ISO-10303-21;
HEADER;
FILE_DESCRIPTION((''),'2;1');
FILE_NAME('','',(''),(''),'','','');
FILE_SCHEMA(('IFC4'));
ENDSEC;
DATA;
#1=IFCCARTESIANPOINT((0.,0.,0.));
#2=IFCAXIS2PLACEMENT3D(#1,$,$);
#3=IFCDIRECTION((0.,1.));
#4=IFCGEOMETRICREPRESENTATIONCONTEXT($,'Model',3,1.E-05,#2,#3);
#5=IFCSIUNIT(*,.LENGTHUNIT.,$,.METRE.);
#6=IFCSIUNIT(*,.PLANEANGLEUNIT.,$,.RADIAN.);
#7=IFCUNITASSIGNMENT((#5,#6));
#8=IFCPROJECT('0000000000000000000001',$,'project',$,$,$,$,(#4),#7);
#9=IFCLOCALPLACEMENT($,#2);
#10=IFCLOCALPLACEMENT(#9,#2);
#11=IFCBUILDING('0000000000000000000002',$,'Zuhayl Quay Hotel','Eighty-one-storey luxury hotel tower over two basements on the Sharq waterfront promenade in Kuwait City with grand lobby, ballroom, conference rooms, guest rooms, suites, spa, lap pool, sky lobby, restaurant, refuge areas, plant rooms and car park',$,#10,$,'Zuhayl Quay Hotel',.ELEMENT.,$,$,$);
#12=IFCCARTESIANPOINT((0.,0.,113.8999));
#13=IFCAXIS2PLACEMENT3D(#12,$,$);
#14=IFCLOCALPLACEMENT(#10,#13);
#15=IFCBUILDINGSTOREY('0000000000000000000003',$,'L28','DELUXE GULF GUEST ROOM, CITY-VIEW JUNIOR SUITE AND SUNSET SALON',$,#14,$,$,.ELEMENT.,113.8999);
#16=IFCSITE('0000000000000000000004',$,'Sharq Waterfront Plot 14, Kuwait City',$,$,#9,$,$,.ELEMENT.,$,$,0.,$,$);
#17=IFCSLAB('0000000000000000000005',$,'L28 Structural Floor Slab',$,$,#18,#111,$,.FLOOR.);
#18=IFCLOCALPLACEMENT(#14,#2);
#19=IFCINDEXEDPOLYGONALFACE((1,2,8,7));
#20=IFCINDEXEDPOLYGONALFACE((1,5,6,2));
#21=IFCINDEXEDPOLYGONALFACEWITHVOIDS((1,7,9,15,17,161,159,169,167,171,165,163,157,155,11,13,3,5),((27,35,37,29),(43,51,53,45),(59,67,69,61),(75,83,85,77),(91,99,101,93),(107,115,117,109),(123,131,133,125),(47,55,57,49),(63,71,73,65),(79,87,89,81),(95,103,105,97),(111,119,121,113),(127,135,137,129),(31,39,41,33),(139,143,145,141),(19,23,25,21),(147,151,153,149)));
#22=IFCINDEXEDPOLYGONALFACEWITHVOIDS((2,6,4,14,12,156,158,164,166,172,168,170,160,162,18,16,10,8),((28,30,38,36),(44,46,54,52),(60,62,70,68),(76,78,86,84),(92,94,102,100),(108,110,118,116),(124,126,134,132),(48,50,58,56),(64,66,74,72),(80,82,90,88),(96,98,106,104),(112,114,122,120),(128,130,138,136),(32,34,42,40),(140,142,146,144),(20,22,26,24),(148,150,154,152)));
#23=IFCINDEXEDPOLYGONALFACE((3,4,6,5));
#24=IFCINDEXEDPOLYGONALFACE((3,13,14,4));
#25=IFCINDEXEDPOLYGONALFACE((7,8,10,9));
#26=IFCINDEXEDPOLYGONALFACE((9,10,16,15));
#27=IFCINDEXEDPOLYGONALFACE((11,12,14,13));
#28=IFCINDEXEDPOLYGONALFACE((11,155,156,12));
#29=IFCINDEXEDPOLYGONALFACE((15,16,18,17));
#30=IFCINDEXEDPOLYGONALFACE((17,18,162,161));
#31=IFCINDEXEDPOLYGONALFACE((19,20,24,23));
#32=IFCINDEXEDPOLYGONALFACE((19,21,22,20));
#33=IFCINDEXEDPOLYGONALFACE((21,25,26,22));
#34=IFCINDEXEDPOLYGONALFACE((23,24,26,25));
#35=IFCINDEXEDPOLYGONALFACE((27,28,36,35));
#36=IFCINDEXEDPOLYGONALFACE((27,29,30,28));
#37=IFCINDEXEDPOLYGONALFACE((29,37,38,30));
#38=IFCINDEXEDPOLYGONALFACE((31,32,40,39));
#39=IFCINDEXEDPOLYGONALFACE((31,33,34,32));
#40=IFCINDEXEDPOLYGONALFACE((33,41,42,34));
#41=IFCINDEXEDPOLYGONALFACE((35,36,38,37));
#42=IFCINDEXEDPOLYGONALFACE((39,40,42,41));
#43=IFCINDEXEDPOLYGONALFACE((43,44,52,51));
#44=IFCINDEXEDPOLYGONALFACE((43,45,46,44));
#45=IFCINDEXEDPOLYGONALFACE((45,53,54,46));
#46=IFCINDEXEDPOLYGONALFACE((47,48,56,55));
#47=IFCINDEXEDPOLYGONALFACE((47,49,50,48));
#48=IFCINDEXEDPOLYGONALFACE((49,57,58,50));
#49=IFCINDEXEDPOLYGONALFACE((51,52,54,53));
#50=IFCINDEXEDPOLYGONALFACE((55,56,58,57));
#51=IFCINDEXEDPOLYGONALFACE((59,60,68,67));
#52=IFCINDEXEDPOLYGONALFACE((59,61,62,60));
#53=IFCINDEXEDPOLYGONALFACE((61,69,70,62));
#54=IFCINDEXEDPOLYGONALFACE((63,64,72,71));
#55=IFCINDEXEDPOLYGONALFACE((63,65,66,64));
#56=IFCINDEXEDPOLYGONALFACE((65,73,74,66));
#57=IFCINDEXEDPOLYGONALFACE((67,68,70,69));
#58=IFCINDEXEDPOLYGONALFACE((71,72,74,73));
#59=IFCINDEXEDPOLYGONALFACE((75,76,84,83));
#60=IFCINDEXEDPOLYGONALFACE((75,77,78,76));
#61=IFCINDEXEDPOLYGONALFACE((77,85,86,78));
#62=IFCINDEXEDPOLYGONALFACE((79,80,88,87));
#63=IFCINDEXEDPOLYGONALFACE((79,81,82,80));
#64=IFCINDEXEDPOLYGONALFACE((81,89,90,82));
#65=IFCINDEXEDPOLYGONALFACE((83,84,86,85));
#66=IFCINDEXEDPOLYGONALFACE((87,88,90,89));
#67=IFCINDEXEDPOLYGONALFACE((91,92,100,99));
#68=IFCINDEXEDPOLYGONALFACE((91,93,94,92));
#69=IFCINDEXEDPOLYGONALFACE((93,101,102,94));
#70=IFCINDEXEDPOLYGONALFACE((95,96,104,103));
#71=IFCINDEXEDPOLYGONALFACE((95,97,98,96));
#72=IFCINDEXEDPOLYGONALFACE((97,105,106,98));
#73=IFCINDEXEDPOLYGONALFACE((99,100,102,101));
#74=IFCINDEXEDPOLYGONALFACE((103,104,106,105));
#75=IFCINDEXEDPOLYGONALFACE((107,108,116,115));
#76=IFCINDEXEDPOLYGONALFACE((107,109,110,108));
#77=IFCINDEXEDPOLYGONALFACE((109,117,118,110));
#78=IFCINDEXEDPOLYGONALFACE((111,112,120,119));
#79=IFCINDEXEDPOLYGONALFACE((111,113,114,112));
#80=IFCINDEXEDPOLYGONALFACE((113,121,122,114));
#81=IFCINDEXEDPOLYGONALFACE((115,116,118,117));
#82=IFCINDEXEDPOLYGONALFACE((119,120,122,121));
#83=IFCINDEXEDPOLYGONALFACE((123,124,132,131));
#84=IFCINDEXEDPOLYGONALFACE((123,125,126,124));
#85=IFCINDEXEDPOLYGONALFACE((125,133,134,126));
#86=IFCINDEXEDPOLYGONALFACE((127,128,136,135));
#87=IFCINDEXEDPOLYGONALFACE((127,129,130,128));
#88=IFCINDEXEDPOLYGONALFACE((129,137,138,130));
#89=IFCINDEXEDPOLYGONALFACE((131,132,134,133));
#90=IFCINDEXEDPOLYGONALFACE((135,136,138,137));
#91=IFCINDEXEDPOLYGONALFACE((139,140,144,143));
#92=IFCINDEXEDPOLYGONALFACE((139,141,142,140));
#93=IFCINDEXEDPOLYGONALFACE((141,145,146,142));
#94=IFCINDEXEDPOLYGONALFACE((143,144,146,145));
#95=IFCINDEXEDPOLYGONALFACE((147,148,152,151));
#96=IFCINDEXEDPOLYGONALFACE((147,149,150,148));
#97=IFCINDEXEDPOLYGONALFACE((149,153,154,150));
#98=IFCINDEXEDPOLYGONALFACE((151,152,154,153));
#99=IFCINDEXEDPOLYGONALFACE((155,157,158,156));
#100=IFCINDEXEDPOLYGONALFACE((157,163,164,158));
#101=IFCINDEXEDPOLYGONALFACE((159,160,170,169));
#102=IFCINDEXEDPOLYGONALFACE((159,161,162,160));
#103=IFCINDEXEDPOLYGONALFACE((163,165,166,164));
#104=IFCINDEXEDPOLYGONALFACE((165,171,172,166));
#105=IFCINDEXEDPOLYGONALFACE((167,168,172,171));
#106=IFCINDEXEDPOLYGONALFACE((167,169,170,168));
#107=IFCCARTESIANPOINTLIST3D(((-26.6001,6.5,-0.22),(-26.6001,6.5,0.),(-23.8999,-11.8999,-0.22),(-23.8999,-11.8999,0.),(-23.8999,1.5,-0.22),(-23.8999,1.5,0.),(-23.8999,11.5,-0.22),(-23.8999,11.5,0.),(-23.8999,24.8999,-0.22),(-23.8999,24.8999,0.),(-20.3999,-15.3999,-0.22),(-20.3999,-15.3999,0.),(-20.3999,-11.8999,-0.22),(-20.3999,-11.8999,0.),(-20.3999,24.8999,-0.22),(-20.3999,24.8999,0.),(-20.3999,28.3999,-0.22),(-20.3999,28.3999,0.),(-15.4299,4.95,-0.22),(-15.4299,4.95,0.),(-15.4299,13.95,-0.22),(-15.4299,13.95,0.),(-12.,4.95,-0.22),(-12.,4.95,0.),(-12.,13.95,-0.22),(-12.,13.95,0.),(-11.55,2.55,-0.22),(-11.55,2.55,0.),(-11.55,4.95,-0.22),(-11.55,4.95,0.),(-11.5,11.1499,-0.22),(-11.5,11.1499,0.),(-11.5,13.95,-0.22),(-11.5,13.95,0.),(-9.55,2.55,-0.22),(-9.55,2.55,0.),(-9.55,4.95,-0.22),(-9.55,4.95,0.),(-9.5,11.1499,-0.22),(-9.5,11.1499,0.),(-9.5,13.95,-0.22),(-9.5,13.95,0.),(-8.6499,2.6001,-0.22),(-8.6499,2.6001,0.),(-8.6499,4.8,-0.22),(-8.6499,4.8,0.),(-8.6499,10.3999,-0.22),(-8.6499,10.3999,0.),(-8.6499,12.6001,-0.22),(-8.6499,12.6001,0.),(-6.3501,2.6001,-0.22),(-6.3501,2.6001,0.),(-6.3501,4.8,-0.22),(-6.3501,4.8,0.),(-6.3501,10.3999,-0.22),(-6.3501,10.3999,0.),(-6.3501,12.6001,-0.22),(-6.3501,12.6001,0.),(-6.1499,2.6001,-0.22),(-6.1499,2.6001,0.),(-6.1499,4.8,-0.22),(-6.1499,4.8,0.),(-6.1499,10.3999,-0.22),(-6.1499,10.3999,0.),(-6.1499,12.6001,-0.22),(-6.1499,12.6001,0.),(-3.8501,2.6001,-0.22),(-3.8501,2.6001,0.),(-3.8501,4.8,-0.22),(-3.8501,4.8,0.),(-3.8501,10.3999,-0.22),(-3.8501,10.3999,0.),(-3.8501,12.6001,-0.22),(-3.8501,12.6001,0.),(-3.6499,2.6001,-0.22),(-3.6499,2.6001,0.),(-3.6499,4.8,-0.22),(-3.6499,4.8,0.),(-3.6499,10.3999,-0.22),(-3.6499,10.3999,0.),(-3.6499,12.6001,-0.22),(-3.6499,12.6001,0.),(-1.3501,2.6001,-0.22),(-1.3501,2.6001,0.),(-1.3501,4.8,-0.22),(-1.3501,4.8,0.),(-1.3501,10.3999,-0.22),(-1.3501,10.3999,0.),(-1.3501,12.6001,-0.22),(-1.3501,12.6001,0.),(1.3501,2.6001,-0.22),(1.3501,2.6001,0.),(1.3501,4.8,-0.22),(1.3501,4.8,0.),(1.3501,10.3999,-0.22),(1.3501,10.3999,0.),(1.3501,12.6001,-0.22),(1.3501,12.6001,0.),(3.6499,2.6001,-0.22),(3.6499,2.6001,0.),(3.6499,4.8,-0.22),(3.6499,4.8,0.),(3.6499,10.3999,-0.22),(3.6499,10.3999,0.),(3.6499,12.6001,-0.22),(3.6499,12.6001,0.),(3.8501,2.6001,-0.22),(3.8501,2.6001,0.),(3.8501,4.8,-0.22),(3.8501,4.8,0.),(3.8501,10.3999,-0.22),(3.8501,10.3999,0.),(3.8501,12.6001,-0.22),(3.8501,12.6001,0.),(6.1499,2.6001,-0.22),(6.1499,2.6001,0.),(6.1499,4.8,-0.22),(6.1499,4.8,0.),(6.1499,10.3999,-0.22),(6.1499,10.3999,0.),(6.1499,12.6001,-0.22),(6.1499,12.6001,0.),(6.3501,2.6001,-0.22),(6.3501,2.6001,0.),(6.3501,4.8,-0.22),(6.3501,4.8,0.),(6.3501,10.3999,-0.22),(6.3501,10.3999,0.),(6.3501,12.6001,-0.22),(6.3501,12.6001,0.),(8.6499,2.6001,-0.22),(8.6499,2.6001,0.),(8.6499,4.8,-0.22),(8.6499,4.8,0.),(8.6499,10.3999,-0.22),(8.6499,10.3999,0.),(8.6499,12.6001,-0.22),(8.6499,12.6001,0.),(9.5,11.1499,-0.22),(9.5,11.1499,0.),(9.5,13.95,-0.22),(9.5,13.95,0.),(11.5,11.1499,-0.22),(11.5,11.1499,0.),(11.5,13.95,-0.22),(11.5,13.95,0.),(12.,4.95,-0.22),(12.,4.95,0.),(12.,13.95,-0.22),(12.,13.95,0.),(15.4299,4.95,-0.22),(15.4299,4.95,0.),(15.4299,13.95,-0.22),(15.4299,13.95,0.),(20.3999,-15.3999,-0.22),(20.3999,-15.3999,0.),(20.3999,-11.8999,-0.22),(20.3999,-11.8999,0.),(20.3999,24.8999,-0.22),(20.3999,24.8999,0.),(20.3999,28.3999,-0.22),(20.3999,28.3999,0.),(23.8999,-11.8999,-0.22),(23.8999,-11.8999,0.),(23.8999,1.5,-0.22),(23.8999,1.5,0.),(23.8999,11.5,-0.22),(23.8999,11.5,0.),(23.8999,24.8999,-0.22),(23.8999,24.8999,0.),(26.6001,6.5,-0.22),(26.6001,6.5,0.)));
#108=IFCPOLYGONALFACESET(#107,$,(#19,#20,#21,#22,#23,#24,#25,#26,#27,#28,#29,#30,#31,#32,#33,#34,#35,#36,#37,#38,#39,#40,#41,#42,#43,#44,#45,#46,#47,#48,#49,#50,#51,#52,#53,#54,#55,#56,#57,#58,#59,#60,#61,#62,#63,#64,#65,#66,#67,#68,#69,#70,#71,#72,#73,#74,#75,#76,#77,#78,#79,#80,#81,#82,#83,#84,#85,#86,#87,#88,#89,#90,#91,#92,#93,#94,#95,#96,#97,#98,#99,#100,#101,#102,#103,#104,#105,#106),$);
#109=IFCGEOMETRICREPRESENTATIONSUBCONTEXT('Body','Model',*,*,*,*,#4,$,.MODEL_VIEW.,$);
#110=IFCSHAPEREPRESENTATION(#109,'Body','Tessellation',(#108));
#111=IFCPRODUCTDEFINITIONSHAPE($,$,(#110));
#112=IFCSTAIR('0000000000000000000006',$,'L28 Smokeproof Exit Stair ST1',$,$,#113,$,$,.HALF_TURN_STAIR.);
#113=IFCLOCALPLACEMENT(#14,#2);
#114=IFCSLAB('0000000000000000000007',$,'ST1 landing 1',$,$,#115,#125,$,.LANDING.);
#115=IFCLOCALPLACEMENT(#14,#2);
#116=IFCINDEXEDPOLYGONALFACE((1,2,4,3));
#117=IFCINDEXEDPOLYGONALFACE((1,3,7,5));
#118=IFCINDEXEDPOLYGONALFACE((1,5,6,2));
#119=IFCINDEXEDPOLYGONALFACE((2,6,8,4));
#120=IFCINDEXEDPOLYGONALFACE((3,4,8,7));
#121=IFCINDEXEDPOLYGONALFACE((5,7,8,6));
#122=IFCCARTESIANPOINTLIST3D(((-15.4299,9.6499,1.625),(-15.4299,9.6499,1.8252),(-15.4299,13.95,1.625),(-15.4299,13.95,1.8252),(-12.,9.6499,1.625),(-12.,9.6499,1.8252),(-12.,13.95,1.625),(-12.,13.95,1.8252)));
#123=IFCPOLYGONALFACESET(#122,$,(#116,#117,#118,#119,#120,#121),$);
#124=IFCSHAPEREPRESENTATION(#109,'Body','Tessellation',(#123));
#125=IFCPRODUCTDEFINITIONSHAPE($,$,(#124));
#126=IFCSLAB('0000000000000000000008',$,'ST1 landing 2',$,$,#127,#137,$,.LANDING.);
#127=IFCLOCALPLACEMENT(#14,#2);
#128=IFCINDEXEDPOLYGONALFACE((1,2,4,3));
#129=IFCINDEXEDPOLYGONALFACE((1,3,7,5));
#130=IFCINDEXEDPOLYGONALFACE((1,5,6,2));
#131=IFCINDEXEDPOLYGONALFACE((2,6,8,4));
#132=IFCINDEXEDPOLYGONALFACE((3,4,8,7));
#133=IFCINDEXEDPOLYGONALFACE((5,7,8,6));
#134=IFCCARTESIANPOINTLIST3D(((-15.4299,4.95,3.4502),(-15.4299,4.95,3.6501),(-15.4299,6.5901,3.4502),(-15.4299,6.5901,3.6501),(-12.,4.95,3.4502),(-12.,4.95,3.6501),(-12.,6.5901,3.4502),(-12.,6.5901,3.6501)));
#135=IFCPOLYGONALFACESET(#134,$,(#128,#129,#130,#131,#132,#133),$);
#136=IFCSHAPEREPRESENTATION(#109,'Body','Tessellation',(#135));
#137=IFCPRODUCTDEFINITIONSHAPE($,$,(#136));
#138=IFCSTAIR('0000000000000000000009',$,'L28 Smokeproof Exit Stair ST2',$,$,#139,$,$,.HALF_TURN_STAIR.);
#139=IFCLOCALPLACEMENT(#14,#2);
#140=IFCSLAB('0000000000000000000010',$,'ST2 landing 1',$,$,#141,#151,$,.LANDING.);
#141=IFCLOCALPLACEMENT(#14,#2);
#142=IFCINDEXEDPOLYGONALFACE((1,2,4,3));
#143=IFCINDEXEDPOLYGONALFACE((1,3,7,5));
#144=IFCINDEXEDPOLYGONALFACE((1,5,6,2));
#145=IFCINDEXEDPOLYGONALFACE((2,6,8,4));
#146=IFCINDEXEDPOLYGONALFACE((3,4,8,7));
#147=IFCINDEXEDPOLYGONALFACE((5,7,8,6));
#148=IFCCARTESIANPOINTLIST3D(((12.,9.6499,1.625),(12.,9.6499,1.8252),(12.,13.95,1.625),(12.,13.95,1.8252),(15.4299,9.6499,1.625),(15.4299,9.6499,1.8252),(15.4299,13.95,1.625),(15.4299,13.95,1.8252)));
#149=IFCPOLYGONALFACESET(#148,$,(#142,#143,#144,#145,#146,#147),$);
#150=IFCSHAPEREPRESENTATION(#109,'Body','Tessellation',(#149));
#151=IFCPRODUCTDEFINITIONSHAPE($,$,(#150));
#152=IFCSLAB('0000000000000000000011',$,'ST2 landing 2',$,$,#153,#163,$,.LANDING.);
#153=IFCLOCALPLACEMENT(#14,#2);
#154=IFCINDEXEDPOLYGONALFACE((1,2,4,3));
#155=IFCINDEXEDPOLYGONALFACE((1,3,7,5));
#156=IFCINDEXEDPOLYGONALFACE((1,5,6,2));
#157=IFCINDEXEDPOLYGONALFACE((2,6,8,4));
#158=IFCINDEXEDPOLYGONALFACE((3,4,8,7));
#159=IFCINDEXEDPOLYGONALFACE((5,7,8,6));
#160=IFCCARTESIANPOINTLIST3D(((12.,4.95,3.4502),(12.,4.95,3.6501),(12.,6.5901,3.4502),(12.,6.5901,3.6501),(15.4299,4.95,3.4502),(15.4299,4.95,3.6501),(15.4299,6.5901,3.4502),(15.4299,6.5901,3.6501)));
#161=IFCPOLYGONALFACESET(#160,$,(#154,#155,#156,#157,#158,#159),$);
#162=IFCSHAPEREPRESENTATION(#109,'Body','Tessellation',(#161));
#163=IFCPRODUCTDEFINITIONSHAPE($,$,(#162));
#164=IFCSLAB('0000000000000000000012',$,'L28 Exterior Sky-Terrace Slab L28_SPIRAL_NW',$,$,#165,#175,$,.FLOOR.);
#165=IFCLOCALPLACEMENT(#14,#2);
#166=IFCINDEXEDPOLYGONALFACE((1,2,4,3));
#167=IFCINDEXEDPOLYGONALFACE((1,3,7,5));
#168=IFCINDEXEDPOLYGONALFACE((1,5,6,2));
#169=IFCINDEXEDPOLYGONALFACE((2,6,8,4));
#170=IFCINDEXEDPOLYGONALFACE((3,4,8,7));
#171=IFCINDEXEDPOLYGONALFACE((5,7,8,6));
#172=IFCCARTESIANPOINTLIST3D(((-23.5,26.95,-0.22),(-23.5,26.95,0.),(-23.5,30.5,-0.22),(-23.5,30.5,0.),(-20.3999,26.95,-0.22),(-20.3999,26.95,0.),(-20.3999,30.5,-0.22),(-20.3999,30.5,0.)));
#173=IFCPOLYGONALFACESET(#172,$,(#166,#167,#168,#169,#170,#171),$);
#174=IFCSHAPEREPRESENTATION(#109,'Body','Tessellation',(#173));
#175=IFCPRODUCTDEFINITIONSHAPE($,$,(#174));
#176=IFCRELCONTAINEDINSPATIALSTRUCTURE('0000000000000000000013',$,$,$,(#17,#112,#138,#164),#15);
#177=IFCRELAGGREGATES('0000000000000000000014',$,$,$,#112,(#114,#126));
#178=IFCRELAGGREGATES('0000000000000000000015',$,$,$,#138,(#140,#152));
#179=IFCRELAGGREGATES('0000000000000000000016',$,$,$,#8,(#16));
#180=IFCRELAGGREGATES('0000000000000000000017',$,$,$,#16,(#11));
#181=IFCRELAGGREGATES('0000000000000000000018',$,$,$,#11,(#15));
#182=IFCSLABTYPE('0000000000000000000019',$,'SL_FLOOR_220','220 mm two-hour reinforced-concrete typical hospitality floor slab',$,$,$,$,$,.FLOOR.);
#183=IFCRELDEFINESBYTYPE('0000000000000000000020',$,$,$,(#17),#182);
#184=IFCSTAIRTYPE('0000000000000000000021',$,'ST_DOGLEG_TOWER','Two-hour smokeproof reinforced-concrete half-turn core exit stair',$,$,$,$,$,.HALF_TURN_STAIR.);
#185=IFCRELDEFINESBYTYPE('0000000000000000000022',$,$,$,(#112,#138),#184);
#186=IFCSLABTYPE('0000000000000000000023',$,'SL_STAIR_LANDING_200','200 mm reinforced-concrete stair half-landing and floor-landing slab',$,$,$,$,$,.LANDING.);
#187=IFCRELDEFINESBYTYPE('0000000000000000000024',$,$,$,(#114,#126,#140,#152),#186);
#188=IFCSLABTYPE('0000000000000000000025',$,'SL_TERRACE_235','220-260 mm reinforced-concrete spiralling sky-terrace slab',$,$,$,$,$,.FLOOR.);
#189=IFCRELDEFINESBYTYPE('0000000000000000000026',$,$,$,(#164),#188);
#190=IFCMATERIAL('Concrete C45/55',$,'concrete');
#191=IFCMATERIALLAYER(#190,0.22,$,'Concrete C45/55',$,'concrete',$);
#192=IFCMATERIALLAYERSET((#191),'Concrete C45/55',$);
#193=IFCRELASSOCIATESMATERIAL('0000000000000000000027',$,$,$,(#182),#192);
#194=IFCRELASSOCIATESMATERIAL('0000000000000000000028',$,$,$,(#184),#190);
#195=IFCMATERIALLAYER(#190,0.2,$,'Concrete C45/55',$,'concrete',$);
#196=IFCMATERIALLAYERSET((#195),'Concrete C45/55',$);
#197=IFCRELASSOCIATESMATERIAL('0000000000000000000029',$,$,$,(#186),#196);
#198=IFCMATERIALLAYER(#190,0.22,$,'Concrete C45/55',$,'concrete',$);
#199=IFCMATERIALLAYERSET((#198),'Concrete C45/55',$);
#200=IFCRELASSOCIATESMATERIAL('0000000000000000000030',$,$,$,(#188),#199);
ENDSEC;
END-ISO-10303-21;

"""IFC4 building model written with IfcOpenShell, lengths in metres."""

from ifc_helpers import new_model, si_unit, direction, frame, origin, place, context, subcontext, project, spatial, polyline, outline, extrude, material, layer, layer_set, type_object, element, aggregate, save


model = new_model("IFC4")

# Units and contexts
model_context = context("Model", 3, precision=1e-05, world=origin(), true_north=direction((0.0, 1.0)))
body_context = subcontext(model_context, "Body", "Model", "MODEL_VIEW")
ifc_project = project(units=[si_unit("LENGTHUNIT", "METRE"), si_unit("PLANEANGLEUNIT", "RADIAN")], contexts=[model_context])

# Site, building, storey
site_placement = place(None, origin())
site = spatial("IfcSite", under=ifc_project, at=site_placement, Name="Sharq Waterfront Plot 14, Kuwait City", CompositionType="ELEMENT", RefElevation=0.0)
building_placement = place(site_placement, origin())
building = spatial("IfcBuilding", under=site, at=building_placement, Name="Zuhayl Quay Hotel", Description="Eighty-one-storey luxury hotel tower over two basements on the Sharq waterfront promenade in Kuwait City with grand lobby, ballroom, conference rooms, guest rooms, suites, spa, lap pool, sky lobby, restaurant, refuge areas, plant rooms and car park", LongName="Zuhayl Quay Hotel", CompositionType="ELEMENT")
storey_placement = place(building_placement, frame((0.0, 0.0, 113.8999)))
storey = spatial("IfcBuildingStorey", under=building, at=storey_placement, Name="L28", Description="DELUXE GULF GUEST ROOM, CITY-VIEW JUNIOR SUITE AND SUNSET SALON", CompositionType="ELEMENT", Elevation=113.8999)

# Slab
ifc_material_1 = material(Name="Concrete C45/55", Category="concrete")
ifc_layer_1 = layer(ifc_material_1, 0.22, Name="Concrete C45/55", Category="concrete")
ifc_layer_set_1 = layer_set([ifc_layer_1], Name="Concrete C45/55")
slab_type_1 = type_object("IfcSlabType", Name="SL_FLOOR_220", Description="220 mm two-hour reinforced-concrete typical hospitality floor slab", PredefinedType="FLOOR", material=ifc_layer_set_1)
slab_1_placement = place(storey_placement, frame((0.0, 0.0, -0.22)))
element("IfcSlab", 1, at=slab_1_placement, inside=storey, type_object=slab_type_1, Name="L28 Structural Floor Slab", PredefinedType="FLOOR", context=body_context, shape_type="SweptSolid", body=[
    extrude(outline(polyline([(-20.3999, -15.3999), (20.3999, -15.3999), (20.3999, -11.8999), (23.8999, -11.8999), (23.8999, 1.5), (26.6001, 6.5), (23.8999, 11.5), (23.8999, 24.8999), (20.3999, 24.8999), (20.3999, 28.3999), (-20.3999, 28.3999), (-20.3999, 24.8999), (-23.8999, 24.8999), (-23.8999, 11.5), (-26.6001, 6.5), (-23.8999, 1.5), (-23.8999, -11.8999), (-20.3999, -11.8999), (-20.3999, -15.3999)]), holes=[polyline([(-12.0, 4.95), (-12.0, 13.95), (-15.4299, 13.95), (-15.4299, 4.95), (-12.0, 4.95)]), polyline([(15.4299, 4.95), (15.4299, 13.95), (12.0, 13.95), (12.0, 4.95), (15.4299, 4.95)]), polyline([(-11.5, 11.1499), (-9.5, 11.1499), (-9.5, 13.95), (-11.5, 13.95), (-11.5, 11.1499)]), polyline([(9.5, 11.1499), (11.5, 11.1499), (11.5, 13.95), (9.5, 13.95), (9.5, 11.1499)]), polyline([(-8.6499, 2.6001), (-6.3501, 2.6001), (-6.3501, 4.8), (-8.6499, 4.8), (-8.6499, 2.6001)]), polyline([(-6.1499, 2.6001), (-3.8501, 2.6001), (-3.8501, 4.8), (-6.1499, 4.8), (-6.1499, 2.6001)]), polyline([(-8.6499, 10.3999), (-6.3501, 10.3999), (-6.3501, 12.6001), (-8.6499, 12.6001), (-8.6499, 10.3999)]), polyline([(-6.1499, 10.3999), (-3.8501, 10.3999), (-3.8501, 12.6001), (-6.1499, 12.6001), (-6.1499, 10.3999)]), polyline([(-3.6499, 2.6001), (-1.3501, 2.6001), (-1.3501, 4.8), (-3.6499, 4.8), (-3.6499, 2.6001)]), polyline([(1.3501, 2.6001), (3.6499, 2.6001), (3.6499, 4.8), (1.3501, 4.8), (1.3501, 2.6001)]), polyline([(-3.6499, 10.3999), (-1.3501, 10.3999), (-1.3501, 12.6001), (-3.6499, 12.6001), (-3.6499, 10.3999)]), polyline([(1.3501, 10.3999), (3.6499, 10.3999), (3.6499, 12.6001), (1.3501, 12.6001), (1.3501, 10.3999)]), polyline([(3.8501, 2.6001), (6.1499, 2.6001), (6.1499, 4.8), (3.8501, 4.8), (3.8501, 2.6001)]), polyline([(6.3501, 2.6001), (8.6499, 2.6001), (8.6499, 4.8), (6.3501, 4.8), (6.3501, 2.6001)]), polyline([(3.8501, 10.3999), (6.1499, 10.3999), (6.1499, 12.6001), (3.8501, 12.6001), (3.8501, 10.3999)]), polyline([(6.3501, 10.3999), (8.6499, 10.3999), (8.6499, 12.6001), (6.3501, 12.6001), (6.3501, 10.3999)]), polyline([(-11.55, 2.55), (-9.55, 2.55), (-9.55, 4.95), (-11.55, 4.95), (-11.55, 2.55)])]), origin(), (0.0, 0.0, 1.0), 0.22),
])

# Stairs, slabs
stair_type = type_object("IfcStairType", Name="ST_DOGLEG_TOWER", Description="Two-hour smokeproof reinforced-concrete half-turn core exit stair", PredefinedType="HALF_TURN_STAIR", material=ifc_material_1)
stair_1_placement = place(storey_placement, origin())
stair_1 = element("IfcStair", 2, at=stair_1_placement, inside=storey, type_object=stair_type, Name="L28 Smokeproof Exit Stair ST1", PredefinedType="HALF_TURN_STAIR")
ifc_layer_2 = layer(ifc_material_1, 0.2, Name="Concrete C45/55", Category="concrete")
ifc_layer_set_2 = layer_set([ifc_layer_2], Name="Concrete C45/55")
slab_type_2 = type_object("IfcSlabType", Name="SL_STAIR_LANDING_200", Description="200 mm reinforced-concrete stair half-landing and floor-landing slab", PredefinedType="LANDING", material=ifc_layer_set_2)
slab_2_placement = place(storey_placement, frame((0.0, 0.0, 1.625)))
slab_2 = element("IfcSlab", 3, at=slab_2_placement, type_object=slab_type_2, Name="ST1 landing 1", PredefinedType="LANDING", context=body_context, shape_type="SweptSolid", body=[
    extrude(outline(polyline([(-12.0, 9.6499), (-12.0, 13.95), (-15.4299, 13.95), (-15.4299, 9.6499), (-12.0, 9.6499)])), origin(), (0.0, 0.0, 1.0), 0.2002),
])
slab_3_placement = place(storey_placement, frame((0.0, 0.0, 3.4502)))
slab_3 = element("IfcSlab", 4, at=slab_3_placement, type_object=slab_type_2, Name="ST1 landing 2", PredefinedType="LANDING", context=body_context, shape_type="SweptSolid", body=[
    extrude(outline(polyline([(-12.0, 4.95), (-12.0, 6.5901), (-15.4299, 6.5901), (-15.4299, 4.95), (-12.0, 4.95)])), origin(), (0.0, 0.0, 1.0), 0.2),
])
aggregate(stair_1, [slab_2, slab_3])
stair_2_placement = place(storey_placement, origin())
stair_2 = element("IfcStair", 5, at=stair_2_placement, inside=storey, type_object=stair_type, Name="L28 Smokeproof Exit Stair ST2", PredefinedType="HALF_TURN_STAIR")
slab_4_placement = place(storey_placement, frame((0.0, 0.0, 1.625)))
slab_4 = element("IfcSlab", 6, at=slab_4_placement, type_object=slab_type_2, Name="ST2 landing 1", PredefinedType="LANDING", context=body_context, shape_type="SweptSolid", body=[
    extrude(outline(polyline([(15.4299, 9.6499), (15.4299, 13.95), (12.0, 13.95), (12.0, 9.6499), (15.4299, 9.6499)])), origin(), (0.0, 0.0, 1.0), 0.2002),
])
slab_5_placement = place(storey_placement, frame((0.0, 0.0, 3.4502)))
slab_5 = element("IfcSlab", 7, at=slab_5_placement, type_object=slab_type_2, Name="ST2 landing 2", PredefinedType="LANDING", context=body_context, shape_type="SweptSolid", body=[
    extrude(outline(polyline([(15.4299, 4.95), (15.4299, 6.5901), (12.0, 6.5901), (12.0, 4.95), (15.4299, 4.95)])), origin(), (0.0, 0.0, 1.0), 0.2),
])
aggregate(stair_2, [slab_4, slab_5])

# Slab
ifc_layer_3 = layer(ifc_material_1, 0.22, Name="Concrete C45/55", Category="concrete")
ifc_layer_set_3 = layer_set([ifc_layer_3], Name="Concrete C45/55")
slab_type_3 = type_object("IfcSlabType", Name="SL_TERRACE_235", Description="220-260 mm reinforced-concrete spiralling sky-terrace slab", PredefinedType="FLOOR", material=ifc_layer_set_3)
slab_6_placement = place(storey_placement, frame((0.0, 0.0, -0.22)))
element("IfcSlab", 8, at=slab_6_placement, inside=storey, type_object=slab_type_3, Name="L28 Exterior Sky-Terrace Slab L28_SPIRAL_NW", PredefinedType="FLOOR", context=body_context, shape_type="SweptSolid", body=[
    extrude(outline(polyline([(-23.5, 26.95), (-20.3999, 26.95), (-20.3999, 30.5), (-23.5, 30.5), (-23.5, 26.95)])), origin(), (0.0, 0.0, 1.0), 0.22),
])

save(model, "model.ifc")
